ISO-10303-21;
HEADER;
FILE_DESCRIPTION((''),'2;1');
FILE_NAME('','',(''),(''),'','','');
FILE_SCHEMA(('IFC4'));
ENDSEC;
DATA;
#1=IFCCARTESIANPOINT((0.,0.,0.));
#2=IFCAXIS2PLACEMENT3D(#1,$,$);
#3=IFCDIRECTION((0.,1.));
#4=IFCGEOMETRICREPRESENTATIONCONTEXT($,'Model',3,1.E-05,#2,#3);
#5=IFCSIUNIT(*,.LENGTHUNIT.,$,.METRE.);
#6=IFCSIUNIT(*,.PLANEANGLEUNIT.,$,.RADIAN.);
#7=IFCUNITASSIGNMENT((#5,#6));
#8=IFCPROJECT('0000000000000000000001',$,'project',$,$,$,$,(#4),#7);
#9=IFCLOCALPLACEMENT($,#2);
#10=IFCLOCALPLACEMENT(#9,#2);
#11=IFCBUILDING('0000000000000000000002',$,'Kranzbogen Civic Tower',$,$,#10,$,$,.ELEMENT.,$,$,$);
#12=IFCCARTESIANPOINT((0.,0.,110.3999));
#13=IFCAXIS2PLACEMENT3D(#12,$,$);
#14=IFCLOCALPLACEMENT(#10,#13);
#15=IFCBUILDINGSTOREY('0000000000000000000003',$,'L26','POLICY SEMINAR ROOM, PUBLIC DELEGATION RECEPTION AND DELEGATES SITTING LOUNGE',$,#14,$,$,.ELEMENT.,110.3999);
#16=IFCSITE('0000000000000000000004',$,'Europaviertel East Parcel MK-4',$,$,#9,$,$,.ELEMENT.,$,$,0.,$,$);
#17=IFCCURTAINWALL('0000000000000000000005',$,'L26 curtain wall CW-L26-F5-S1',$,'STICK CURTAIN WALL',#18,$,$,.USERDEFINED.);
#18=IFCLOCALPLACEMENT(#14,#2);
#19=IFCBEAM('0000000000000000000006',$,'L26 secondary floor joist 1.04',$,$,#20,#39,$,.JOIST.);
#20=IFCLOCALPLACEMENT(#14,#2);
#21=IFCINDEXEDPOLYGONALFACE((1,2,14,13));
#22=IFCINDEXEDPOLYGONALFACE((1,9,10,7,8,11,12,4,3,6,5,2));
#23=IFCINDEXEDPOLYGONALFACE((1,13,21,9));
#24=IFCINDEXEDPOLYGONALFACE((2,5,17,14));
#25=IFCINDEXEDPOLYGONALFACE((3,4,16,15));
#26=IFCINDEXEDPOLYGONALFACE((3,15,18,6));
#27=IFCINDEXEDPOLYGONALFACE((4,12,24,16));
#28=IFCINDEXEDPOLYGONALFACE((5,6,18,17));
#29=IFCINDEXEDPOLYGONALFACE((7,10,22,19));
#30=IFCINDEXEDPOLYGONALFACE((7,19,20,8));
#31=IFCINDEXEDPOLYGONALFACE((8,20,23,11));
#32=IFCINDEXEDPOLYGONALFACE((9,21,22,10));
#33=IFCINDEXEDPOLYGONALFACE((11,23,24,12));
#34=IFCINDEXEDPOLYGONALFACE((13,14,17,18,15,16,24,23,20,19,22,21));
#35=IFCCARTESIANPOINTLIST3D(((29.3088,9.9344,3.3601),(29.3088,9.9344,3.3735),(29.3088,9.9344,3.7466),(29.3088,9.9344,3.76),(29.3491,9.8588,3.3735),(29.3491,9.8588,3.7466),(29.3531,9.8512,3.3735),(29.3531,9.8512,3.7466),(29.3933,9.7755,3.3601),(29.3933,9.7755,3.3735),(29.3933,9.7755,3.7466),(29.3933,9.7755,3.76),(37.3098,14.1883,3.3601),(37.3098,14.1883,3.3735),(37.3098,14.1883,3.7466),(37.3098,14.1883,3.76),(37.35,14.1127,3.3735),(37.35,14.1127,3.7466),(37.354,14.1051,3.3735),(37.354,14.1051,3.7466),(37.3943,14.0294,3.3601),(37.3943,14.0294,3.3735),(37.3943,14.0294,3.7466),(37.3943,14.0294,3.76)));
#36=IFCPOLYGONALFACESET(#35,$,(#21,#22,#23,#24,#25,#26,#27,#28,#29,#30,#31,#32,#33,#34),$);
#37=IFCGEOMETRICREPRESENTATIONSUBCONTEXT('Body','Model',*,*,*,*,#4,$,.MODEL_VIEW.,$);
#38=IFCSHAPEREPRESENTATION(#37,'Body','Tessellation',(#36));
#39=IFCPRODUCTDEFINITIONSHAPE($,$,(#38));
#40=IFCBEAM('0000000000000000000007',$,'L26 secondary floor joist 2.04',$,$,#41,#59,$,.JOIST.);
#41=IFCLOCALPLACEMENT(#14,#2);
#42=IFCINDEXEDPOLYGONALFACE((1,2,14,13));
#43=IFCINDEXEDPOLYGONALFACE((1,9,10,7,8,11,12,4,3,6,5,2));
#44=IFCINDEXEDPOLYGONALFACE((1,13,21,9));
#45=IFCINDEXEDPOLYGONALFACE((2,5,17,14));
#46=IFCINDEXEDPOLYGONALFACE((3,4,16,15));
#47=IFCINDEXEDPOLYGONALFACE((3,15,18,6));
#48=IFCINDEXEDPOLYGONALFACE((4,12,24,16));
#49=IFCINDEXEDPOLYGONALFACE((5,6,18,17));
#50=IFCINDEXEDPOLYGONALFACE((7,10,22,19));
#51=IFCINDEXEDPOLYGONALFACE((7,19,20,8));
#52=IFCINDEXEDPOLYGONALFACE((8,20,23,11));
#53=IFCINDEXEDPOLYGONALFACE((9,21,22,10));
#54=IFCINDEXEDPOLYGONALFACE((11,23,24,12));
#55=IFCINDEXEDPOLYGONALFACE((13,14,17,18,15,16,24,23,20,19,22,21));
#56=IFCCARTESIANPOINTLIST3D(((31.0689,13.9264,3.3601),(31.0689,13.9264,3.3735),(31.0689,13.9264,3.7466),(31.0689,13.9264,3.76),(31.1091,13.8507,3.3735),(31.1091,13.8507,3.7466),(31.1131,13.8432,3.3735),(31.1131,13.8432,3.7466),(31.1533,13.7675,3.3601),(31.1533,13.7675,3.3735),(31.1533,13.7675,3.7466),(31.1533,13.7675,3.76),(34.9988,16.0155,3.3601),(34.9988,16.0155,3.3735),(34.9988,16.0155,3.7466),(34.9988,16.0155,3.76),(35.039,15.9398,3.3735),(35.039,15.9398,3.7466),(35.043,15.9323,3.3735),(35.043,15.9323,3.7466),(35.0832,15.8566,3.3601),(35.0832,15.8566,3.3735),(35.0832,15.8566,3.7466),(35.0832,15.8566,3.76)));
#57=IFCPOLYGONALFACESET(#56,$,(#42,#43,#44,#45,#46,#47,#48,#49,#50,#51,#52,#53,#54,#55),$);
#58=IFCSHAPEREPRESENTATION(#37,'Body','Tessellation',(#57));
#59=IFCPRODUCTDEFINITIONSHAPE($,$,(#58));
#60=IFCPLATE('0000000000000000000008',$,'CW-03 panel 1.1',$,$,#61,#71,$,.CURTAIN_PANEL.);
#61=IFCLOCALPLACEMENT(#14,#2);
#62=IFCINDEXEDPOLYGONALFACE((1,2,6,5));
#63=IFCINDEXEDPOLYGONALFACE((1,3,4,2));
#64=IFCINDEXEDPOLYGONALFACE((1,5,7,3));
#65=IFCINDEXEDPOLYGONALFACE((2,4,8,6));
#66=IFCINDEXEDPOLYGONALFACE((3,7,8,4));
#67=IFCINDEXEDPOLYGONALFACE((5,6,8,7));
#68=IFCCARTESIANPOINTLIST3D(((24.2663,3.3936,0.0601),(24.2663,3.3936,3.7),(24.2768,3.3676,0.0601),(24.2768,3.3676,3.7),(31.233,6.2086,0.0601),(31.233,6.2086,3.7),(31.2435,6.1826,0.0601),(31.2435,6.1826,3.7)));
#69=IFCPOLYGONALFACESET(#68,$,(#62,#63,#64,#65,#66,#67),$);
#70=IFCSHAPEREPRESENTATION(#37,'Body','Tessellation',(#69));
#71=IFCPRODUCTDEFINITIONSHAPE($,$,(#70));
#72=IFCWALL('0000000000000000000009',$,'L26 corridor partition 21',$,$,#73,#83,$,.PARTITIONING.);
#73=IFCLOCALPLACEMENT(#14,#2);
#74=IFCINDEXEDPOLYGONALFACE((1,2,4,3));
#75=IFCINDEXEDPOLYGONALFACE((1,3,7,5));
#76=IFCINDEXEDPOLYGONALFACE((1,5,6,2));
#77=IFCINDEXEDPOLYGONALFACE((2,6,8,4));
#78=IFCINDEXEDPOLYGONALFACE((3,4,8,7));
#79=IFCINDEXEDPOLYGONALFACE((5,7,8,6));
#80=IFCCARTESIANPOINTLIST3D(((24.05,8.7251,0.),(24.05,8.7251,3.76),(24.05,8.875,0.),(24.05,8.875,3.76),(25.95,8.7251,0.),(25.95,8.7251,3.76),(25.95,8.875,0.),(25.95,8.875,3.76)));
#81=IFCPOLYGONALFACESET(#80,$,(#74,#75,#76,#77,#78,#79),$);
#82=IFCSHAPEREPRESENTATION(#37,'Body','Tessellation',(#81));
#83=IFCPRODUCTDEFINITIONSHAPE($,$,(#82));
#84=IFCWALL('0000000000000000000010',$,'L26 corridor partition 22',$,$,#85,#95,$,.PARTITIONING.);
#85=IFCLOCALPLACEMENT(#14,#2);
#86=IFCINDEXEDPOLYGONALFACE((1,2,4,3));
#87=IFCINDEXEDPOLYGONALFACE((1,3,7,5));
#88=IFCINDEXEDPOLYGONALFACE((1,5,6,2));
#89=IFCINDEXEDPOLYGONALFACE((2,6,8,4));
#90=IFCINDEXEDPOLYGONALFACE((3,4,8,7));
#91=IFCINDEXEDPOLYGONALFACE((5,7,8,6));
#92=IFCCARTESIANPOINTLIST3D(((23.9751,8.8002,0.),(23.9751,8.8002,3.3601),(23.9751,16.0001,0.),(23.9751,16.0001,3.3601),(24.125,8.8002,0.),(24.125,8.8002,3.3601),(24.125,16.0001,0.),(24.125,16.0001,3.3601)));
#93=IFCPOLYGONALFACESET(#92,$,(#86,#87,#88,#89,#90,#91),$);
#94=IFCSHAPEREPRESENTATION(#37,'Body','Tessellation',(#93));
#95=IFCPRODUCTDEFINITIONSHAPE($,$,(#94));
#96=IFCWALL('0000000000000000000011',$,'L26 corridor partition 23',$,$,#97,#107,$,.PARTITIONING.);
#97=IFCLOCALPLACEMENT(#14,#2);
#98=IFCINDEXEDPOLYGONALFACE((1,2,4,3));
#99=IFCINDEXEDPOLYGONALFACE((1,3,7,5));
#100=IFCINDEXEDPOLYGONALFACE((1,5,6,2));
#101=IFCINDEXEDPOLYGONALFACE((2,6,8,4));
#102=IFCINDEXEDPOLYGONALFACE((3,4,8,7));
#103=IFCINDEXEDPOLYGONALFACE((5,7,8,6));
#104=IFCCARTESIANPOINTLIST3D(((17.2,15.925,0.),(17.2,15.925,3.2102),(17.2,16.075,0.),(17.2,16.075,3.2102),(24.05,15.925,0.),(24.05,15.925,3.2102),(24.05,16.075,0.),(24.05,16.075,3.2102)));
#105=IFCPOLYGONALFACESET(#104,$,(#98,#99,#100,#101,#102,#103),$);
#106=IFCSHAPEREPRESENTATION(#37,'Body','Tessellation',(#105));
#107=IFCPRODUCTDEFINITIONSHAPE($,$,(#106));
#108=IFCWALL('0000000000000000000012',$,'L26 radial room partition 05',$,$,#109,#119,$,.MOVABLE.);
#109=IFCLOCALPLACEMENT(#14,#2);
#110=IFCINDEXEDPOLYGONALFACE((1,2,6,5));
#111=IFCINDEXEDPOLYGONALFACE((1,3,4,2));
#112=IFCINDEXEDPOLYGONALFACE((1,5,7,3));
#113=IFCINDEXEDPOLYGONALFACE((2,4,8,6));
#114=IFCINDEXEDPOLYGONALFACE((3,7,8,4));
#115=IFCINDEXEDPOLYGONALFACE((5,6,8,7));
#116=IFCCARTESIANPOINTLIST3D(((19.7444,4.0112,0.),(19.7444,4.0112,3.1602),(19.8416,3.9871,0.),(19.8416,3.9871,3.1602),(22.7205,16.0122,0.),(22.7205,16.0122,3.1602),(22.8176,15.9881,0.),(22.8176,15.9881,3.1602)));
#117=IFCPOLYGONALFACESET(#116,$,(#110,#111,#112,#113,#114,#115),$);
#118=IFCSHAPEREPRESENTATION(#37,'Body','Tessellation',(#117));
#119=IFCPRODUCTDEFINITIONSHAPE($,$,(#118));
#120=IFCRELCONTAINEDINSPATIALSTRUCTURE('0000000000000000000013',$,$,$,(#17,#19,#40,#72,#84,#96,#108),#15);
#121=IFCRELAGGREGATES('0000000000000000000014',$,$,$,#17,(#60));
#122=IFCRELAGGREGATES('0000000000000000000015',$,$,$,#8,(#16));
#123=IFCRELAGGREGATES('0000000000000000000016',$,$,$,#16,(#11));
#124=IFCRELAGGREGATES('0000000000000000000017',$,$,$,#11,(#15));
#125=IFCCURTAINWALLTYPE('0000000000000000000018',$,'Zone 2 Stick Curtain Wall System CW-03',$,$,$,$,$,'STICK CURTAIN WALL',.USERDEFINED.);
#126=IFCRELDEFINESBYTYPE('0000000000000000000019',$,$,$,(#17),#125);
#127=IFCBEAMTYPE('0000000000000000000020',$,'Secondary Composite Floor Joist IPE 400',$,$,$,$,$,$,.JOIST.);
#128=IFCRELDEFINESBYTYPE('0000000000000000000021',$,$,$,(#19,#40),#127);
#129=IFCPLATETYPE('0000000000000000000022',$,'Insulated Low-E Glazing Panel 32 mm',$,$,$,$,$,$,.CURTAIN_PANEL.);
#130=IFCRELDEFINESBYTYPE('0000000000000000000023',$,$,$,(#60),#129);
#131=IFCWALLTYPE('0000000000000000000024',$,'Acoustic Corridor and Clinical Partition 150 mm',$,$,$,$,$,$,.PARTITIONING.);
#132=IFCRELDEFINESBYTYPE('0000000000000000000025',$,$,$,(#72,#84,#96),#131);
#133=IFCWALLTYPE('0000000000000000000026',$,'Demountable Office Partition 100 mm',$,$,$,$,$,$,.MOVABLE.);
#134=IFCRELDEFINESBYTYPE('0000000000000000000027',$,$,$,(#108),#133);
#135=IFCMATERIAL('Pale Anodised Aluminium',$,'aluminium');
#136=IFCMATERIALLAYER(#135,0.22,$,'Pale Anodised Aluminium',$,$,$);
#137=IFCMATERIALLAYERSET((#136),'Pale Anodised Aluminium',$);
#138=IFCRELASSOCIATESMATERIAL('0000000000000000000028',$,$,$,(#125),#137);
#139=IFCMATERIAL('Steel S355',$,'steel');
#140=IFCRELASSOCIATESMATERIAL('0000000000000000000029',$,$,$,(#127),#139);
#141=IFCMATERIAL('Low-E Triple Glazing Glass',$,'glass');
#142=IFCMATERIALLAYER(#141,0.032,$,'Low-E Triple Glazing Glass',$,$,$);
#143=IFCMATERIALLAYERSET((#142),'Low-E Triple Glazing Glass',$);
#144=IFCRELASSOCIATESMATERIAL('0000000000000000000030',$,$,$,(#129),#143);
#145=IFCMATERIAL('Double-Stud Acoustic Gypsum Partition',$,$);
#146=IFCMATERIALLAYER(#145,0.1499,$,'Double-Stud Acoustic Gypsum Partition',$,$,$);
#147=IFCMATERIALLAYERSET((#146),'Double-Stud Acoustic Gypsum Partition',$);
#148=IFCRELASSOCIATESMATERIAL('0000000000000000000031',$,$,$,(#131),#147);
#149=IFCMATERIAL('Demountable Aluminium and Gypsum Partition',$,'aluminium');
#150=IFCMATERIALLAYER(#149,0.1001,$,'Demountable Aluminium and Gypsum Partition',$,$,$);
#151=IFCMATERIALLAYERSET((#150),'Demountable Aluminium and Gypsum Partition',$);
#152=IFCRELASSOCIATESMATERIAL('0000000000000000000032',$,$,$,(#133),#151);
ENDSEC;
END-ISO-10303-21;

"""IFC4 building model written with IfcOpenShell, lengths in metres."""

from ifc_helpers import new_model, si_unit, direction, frame, frame_2d, origin, origin_2d, place, context, subcontext, project, spatial, rectangle, i_section, extrude, material, layer, layer_set, material_profile, profile_set, type_object, element, aggregate, save


model = new_model("IFC4")

# Units and contexts
model_context = context("Model", 3, precision=1e-05, world=origin(), true_north=direction((0.0, 1.0)))
body_context = subcontext(model_context, "Body", "Model", "MODEL_VIEW")
ifc_project = project(units=[si_unit("LENGTHUNIT", "METRE"), si_unit("PLANEANGLEUNIT", "RADIAN")], contexts=[model_context])

# Site, building, storey
site_placement = place(None, origin())
site = spatial("IfcSite", under=ifc_project, at=site_placement, Name="Europaviertel East Parcel MK-4", CompositionType="ELEMENT", RefElevation=0.0)
building_placement = place(site_placement, origin())
building = spatial("IfcBuilding", under=site, at=building_placement, Name="Kranzbogen Civic Tower", CompositionType="ELEMENT")
storey_placement = place(building_placement, frame((0.0, 0.0, 110.3999)))
storey = spatial("IfcBuildingStorey", under=building, at=storey_placement, Name="L26", Description="POLICY SEMINAR ROOM, PUBLIC DELEGATION RECEPTION AND DELEGATES SITTING LOUNGE", CompositionType="ELEMENT", Elevation=110.3999)

# Curtain wall
ifc_material_1 = material(Name="Pale Anodised Aluminium", Category="aluminium")
ifc_layer_1 = layer(ifc_material_1, 0.22, Name="Pale Anodised Aluminium")
ifc_layer_set_1 = layer_set([ifc_layer_1], Name="Pale Anodised Aluminium")
curtain_wall_type = type_object("IfcCurtainWallType", Name="Zone 2 Stick Curtain Wall System CW-03", ElementType="STICK CURTAIN WALL", PredefinedType="USERDEFINED", material=ifc_layer_set_1)
curtain_wall_placement = place(storey_placement, origin())
curtain_wall = element("IfcCurtainWall", 1, at=curtain_wall_placement, inside=storey, type_object=curtain_wall_type, Name="L26 curtain wall CW-L26-F5-S1", ObjectType="STICK CURTAIN WALL", PredefinedType="USERDEFINED")

# Beams
ifc_material_2 = material(Name="Steel S355", Category="steel")
ifc_material_profile_1 = material_profile(ifc_material_2, i_section(OverallWidth=0.1799, OverallDepth=0.3999, WebThickness=0.0085, FlangeThickness=0.0134, at=origin_2d()), Name="IPE 400")
ifc_profile_set_1 = profile_set([ifc_material_profile_1], Name="Steel S355")
beam_type_1 = type_object("IfcBeamType", Name="Secondary Composite Floor Joist IPE 400", PredefinedType="JOIST", material=ifc_profile_set_1)
beam_1_placement = place(storey_placement, frame((29.3511, 9.855, 3.5601), z_axis=(0.882961, 0.469447, 0.0), x_axis=(-0.469447, 0.882961, 0.0)))
element("IfcBeam", 2, at=beam_1_placement, inside=storey, type_object=beam_type_1, Name="L26 secondary floor joist 1.04", PredefinedType="JOIST", context=body_context, shape_type="SweptSolid", body=[
    extrude(i_section(OverallWidth=0.1799, OverallDepth=0.3999, WebThickness=0.0085, FlangeThickness=0.0134, at=origin_2d()), origin(), (0.0, 0.0, 1.0), 9.0615),
])
beam_2_placement = place(storey_placement, frame((31.1111, 13.8469, 3.5601), z_axis=(0.882991, 0.469389, 0.0), x_axis=(-0.469389, 0.882991, 0.0)))
element("IfcBeam", 3, at=beam_2_placement, inside=storey, type_object=beam_type_1, Name="L26 secondary floor joist 2.04", PredefinedType="JOIST", context=body_context, shape_type="SweptSolid", body=[
    extrude(i_section(OverallWidth=0.1799, OverallDepth=0.3999, WebThickness=0.0085, FlangeThickness=0.0134, at=origin_2d()), origin(), (0.0, 0.0, 1.0), 4.4507),
])

# Plate
ifc_material_3 = material(Name="Low-E Triple Glazing Glass", Category="glass")
ifc_layer_2 = layer(ifc_material_3, 0.032, Name="Low-E Triple Glazing Glass")
ifc_layer_set_2 = layer_set([ifc_layer_2], Name="Low-E Triple Glazing Glass")
plate_type = type_object("IfcPlateType", Name="Insulated Low-E Glazing Panel 32 mm", PredefinedType="CURTAIN_PANEL", material=ifc_layer_set_2)
plate_placement = place(storey_placement, frame((27.7549, 4.7881, 0.0601), z_axis=(0.0, 0.0, 1.0), x_axis=(0.92717, 0.374641, 0.0)))
plate = element("IfcPlate", 4, at=plate_placement, type_object=plate_type, Name="CW-03 panel 1.1", PredefinedType="CURTAIN_PANEL", context=body_context, shape_type="SweptSolid", body=[
    extrude(rectangle(XDim=7.5139, YDim=0.0281, at=origin_2d()), origin(), (0.0, 0.0, 1.0), 3.6399),
])
aggregate(curtain_wall, [plate])

# Walls
ifc_material_4 = material(Name="Double-Stud Acoustic Gypsum Partition")
ifc_layer_3 = layer(ifc_material_4, 0.1499, Name="Double-Stud Acoustic Gypsum Partition")
ifc_layer_set_3 = layer_set([ifc_layer_3], Name="Double-Stud Acoustic Gypsum Partition")
wall_type_1 = type_object("IfcWallType", Name="Acoustic Corridor and Clinical Partition 150 mm", PredefinedType="PARTITIONING", material=ifc_layer_set_3)
wall_1_placement = place(storey_placement, frame((25.95, 8.8, 0.0), z_axis=(0.0, 0.0, 1.0), x_axis=(-1.0, 0.0, 0.0)))
element("IfcWall", 5, at=wall_1_placement, inside=storey, type_object=wall_type_1, Name="L26 corridor partition 21", PredefinedType="PARTITIONING", context=body_context, shape_type="SweptSolid", body=[
    extrude(rectangle(XDim=1.8999, YDim=0.1499, at=frame_2d((0.95, 0.0))), origin(), (0.0, 0.0, 1.0), 3.76),
])
wall_2_placement = place(storey_placement, frame((24.05, 8.8, 0.0), z_axis=(0.0, 0.0, 1.0), x_axis=(0.0, 1.0, 0.0)))
element("IfcWall", 6, at=wall_2_placement, inside=storey, type_object=wall_type_1, Name="L26 corridor partition 22", PredefinedType="PARTITIONING", context=body_context, shape_type="SweptSolid", body=[
    extrude(rectangle(XDim=7.2, YDim=0.1499, at=frame_2d((3.6001, 0.0))), origin(), (0.0, 0.0, 1.0), 3.3601),
])
wall_3_placement = place(storey_placement, frame((24.05, 16.0, 0.0), z_axis=(0.0, 0.0, 1.0), x_axis=(-1.0, 0.0, 0.0)))
element("IfcWall", 7, at=wall_3_placement, inside=storey, type_object=wall_type_1, Name="L26 corridor partition 23", PredefinedType="PARTITIONING", context=body_context, shape_type="SweptSolid", body=[
    extrude(rectangle(XDim=6.8501, YDim=0.1499, at=frame_2d((3.425, 0.0))), origin(), (0.0, 0.0, 1.0), 3.2102),
])
ifc_material_5 = material(Name="Demountable Aluminium and Gypsum Partition", Category="aluminium")
ifc_layer_4 = layer(ifc_material_5, 0.1001, Name="Demountable Aluminium and Gypsum Partition")
ifc_layer_set_4 = layer_set([ifc_layer_4], Name="Demountable Aluminium and Gypsum Partition")
wall_type_2 = type_object("IfcWallType", Name="Demountable Office Partition 100 mm", PredefinedType="MOVABLE", material=ifc_layer_set_4)
wall_4_placement = place(storey_placement, frame((22.769, 16.0, 0.0), z_axis=(0.0, 0.0, 1.0), x_axis=(-0.240695, -0.970601, 0.0)))
element("IfcWall", 8, at=wall_4_placement, inside=storey, type_object=wall_type_2, Name="L26 radial room partition 05", PredefinedType="MOVABLE", context=body_context, shape_type="SweptSolid", body=[
    extrude(rectangle(XDim=12.3645, YDim=0.1001, at=frame_2d((6.1821, 0.0))), origin(), (0.0, 0.0, 1.0), 3.1602),
])

save(model, "model.ifc")
